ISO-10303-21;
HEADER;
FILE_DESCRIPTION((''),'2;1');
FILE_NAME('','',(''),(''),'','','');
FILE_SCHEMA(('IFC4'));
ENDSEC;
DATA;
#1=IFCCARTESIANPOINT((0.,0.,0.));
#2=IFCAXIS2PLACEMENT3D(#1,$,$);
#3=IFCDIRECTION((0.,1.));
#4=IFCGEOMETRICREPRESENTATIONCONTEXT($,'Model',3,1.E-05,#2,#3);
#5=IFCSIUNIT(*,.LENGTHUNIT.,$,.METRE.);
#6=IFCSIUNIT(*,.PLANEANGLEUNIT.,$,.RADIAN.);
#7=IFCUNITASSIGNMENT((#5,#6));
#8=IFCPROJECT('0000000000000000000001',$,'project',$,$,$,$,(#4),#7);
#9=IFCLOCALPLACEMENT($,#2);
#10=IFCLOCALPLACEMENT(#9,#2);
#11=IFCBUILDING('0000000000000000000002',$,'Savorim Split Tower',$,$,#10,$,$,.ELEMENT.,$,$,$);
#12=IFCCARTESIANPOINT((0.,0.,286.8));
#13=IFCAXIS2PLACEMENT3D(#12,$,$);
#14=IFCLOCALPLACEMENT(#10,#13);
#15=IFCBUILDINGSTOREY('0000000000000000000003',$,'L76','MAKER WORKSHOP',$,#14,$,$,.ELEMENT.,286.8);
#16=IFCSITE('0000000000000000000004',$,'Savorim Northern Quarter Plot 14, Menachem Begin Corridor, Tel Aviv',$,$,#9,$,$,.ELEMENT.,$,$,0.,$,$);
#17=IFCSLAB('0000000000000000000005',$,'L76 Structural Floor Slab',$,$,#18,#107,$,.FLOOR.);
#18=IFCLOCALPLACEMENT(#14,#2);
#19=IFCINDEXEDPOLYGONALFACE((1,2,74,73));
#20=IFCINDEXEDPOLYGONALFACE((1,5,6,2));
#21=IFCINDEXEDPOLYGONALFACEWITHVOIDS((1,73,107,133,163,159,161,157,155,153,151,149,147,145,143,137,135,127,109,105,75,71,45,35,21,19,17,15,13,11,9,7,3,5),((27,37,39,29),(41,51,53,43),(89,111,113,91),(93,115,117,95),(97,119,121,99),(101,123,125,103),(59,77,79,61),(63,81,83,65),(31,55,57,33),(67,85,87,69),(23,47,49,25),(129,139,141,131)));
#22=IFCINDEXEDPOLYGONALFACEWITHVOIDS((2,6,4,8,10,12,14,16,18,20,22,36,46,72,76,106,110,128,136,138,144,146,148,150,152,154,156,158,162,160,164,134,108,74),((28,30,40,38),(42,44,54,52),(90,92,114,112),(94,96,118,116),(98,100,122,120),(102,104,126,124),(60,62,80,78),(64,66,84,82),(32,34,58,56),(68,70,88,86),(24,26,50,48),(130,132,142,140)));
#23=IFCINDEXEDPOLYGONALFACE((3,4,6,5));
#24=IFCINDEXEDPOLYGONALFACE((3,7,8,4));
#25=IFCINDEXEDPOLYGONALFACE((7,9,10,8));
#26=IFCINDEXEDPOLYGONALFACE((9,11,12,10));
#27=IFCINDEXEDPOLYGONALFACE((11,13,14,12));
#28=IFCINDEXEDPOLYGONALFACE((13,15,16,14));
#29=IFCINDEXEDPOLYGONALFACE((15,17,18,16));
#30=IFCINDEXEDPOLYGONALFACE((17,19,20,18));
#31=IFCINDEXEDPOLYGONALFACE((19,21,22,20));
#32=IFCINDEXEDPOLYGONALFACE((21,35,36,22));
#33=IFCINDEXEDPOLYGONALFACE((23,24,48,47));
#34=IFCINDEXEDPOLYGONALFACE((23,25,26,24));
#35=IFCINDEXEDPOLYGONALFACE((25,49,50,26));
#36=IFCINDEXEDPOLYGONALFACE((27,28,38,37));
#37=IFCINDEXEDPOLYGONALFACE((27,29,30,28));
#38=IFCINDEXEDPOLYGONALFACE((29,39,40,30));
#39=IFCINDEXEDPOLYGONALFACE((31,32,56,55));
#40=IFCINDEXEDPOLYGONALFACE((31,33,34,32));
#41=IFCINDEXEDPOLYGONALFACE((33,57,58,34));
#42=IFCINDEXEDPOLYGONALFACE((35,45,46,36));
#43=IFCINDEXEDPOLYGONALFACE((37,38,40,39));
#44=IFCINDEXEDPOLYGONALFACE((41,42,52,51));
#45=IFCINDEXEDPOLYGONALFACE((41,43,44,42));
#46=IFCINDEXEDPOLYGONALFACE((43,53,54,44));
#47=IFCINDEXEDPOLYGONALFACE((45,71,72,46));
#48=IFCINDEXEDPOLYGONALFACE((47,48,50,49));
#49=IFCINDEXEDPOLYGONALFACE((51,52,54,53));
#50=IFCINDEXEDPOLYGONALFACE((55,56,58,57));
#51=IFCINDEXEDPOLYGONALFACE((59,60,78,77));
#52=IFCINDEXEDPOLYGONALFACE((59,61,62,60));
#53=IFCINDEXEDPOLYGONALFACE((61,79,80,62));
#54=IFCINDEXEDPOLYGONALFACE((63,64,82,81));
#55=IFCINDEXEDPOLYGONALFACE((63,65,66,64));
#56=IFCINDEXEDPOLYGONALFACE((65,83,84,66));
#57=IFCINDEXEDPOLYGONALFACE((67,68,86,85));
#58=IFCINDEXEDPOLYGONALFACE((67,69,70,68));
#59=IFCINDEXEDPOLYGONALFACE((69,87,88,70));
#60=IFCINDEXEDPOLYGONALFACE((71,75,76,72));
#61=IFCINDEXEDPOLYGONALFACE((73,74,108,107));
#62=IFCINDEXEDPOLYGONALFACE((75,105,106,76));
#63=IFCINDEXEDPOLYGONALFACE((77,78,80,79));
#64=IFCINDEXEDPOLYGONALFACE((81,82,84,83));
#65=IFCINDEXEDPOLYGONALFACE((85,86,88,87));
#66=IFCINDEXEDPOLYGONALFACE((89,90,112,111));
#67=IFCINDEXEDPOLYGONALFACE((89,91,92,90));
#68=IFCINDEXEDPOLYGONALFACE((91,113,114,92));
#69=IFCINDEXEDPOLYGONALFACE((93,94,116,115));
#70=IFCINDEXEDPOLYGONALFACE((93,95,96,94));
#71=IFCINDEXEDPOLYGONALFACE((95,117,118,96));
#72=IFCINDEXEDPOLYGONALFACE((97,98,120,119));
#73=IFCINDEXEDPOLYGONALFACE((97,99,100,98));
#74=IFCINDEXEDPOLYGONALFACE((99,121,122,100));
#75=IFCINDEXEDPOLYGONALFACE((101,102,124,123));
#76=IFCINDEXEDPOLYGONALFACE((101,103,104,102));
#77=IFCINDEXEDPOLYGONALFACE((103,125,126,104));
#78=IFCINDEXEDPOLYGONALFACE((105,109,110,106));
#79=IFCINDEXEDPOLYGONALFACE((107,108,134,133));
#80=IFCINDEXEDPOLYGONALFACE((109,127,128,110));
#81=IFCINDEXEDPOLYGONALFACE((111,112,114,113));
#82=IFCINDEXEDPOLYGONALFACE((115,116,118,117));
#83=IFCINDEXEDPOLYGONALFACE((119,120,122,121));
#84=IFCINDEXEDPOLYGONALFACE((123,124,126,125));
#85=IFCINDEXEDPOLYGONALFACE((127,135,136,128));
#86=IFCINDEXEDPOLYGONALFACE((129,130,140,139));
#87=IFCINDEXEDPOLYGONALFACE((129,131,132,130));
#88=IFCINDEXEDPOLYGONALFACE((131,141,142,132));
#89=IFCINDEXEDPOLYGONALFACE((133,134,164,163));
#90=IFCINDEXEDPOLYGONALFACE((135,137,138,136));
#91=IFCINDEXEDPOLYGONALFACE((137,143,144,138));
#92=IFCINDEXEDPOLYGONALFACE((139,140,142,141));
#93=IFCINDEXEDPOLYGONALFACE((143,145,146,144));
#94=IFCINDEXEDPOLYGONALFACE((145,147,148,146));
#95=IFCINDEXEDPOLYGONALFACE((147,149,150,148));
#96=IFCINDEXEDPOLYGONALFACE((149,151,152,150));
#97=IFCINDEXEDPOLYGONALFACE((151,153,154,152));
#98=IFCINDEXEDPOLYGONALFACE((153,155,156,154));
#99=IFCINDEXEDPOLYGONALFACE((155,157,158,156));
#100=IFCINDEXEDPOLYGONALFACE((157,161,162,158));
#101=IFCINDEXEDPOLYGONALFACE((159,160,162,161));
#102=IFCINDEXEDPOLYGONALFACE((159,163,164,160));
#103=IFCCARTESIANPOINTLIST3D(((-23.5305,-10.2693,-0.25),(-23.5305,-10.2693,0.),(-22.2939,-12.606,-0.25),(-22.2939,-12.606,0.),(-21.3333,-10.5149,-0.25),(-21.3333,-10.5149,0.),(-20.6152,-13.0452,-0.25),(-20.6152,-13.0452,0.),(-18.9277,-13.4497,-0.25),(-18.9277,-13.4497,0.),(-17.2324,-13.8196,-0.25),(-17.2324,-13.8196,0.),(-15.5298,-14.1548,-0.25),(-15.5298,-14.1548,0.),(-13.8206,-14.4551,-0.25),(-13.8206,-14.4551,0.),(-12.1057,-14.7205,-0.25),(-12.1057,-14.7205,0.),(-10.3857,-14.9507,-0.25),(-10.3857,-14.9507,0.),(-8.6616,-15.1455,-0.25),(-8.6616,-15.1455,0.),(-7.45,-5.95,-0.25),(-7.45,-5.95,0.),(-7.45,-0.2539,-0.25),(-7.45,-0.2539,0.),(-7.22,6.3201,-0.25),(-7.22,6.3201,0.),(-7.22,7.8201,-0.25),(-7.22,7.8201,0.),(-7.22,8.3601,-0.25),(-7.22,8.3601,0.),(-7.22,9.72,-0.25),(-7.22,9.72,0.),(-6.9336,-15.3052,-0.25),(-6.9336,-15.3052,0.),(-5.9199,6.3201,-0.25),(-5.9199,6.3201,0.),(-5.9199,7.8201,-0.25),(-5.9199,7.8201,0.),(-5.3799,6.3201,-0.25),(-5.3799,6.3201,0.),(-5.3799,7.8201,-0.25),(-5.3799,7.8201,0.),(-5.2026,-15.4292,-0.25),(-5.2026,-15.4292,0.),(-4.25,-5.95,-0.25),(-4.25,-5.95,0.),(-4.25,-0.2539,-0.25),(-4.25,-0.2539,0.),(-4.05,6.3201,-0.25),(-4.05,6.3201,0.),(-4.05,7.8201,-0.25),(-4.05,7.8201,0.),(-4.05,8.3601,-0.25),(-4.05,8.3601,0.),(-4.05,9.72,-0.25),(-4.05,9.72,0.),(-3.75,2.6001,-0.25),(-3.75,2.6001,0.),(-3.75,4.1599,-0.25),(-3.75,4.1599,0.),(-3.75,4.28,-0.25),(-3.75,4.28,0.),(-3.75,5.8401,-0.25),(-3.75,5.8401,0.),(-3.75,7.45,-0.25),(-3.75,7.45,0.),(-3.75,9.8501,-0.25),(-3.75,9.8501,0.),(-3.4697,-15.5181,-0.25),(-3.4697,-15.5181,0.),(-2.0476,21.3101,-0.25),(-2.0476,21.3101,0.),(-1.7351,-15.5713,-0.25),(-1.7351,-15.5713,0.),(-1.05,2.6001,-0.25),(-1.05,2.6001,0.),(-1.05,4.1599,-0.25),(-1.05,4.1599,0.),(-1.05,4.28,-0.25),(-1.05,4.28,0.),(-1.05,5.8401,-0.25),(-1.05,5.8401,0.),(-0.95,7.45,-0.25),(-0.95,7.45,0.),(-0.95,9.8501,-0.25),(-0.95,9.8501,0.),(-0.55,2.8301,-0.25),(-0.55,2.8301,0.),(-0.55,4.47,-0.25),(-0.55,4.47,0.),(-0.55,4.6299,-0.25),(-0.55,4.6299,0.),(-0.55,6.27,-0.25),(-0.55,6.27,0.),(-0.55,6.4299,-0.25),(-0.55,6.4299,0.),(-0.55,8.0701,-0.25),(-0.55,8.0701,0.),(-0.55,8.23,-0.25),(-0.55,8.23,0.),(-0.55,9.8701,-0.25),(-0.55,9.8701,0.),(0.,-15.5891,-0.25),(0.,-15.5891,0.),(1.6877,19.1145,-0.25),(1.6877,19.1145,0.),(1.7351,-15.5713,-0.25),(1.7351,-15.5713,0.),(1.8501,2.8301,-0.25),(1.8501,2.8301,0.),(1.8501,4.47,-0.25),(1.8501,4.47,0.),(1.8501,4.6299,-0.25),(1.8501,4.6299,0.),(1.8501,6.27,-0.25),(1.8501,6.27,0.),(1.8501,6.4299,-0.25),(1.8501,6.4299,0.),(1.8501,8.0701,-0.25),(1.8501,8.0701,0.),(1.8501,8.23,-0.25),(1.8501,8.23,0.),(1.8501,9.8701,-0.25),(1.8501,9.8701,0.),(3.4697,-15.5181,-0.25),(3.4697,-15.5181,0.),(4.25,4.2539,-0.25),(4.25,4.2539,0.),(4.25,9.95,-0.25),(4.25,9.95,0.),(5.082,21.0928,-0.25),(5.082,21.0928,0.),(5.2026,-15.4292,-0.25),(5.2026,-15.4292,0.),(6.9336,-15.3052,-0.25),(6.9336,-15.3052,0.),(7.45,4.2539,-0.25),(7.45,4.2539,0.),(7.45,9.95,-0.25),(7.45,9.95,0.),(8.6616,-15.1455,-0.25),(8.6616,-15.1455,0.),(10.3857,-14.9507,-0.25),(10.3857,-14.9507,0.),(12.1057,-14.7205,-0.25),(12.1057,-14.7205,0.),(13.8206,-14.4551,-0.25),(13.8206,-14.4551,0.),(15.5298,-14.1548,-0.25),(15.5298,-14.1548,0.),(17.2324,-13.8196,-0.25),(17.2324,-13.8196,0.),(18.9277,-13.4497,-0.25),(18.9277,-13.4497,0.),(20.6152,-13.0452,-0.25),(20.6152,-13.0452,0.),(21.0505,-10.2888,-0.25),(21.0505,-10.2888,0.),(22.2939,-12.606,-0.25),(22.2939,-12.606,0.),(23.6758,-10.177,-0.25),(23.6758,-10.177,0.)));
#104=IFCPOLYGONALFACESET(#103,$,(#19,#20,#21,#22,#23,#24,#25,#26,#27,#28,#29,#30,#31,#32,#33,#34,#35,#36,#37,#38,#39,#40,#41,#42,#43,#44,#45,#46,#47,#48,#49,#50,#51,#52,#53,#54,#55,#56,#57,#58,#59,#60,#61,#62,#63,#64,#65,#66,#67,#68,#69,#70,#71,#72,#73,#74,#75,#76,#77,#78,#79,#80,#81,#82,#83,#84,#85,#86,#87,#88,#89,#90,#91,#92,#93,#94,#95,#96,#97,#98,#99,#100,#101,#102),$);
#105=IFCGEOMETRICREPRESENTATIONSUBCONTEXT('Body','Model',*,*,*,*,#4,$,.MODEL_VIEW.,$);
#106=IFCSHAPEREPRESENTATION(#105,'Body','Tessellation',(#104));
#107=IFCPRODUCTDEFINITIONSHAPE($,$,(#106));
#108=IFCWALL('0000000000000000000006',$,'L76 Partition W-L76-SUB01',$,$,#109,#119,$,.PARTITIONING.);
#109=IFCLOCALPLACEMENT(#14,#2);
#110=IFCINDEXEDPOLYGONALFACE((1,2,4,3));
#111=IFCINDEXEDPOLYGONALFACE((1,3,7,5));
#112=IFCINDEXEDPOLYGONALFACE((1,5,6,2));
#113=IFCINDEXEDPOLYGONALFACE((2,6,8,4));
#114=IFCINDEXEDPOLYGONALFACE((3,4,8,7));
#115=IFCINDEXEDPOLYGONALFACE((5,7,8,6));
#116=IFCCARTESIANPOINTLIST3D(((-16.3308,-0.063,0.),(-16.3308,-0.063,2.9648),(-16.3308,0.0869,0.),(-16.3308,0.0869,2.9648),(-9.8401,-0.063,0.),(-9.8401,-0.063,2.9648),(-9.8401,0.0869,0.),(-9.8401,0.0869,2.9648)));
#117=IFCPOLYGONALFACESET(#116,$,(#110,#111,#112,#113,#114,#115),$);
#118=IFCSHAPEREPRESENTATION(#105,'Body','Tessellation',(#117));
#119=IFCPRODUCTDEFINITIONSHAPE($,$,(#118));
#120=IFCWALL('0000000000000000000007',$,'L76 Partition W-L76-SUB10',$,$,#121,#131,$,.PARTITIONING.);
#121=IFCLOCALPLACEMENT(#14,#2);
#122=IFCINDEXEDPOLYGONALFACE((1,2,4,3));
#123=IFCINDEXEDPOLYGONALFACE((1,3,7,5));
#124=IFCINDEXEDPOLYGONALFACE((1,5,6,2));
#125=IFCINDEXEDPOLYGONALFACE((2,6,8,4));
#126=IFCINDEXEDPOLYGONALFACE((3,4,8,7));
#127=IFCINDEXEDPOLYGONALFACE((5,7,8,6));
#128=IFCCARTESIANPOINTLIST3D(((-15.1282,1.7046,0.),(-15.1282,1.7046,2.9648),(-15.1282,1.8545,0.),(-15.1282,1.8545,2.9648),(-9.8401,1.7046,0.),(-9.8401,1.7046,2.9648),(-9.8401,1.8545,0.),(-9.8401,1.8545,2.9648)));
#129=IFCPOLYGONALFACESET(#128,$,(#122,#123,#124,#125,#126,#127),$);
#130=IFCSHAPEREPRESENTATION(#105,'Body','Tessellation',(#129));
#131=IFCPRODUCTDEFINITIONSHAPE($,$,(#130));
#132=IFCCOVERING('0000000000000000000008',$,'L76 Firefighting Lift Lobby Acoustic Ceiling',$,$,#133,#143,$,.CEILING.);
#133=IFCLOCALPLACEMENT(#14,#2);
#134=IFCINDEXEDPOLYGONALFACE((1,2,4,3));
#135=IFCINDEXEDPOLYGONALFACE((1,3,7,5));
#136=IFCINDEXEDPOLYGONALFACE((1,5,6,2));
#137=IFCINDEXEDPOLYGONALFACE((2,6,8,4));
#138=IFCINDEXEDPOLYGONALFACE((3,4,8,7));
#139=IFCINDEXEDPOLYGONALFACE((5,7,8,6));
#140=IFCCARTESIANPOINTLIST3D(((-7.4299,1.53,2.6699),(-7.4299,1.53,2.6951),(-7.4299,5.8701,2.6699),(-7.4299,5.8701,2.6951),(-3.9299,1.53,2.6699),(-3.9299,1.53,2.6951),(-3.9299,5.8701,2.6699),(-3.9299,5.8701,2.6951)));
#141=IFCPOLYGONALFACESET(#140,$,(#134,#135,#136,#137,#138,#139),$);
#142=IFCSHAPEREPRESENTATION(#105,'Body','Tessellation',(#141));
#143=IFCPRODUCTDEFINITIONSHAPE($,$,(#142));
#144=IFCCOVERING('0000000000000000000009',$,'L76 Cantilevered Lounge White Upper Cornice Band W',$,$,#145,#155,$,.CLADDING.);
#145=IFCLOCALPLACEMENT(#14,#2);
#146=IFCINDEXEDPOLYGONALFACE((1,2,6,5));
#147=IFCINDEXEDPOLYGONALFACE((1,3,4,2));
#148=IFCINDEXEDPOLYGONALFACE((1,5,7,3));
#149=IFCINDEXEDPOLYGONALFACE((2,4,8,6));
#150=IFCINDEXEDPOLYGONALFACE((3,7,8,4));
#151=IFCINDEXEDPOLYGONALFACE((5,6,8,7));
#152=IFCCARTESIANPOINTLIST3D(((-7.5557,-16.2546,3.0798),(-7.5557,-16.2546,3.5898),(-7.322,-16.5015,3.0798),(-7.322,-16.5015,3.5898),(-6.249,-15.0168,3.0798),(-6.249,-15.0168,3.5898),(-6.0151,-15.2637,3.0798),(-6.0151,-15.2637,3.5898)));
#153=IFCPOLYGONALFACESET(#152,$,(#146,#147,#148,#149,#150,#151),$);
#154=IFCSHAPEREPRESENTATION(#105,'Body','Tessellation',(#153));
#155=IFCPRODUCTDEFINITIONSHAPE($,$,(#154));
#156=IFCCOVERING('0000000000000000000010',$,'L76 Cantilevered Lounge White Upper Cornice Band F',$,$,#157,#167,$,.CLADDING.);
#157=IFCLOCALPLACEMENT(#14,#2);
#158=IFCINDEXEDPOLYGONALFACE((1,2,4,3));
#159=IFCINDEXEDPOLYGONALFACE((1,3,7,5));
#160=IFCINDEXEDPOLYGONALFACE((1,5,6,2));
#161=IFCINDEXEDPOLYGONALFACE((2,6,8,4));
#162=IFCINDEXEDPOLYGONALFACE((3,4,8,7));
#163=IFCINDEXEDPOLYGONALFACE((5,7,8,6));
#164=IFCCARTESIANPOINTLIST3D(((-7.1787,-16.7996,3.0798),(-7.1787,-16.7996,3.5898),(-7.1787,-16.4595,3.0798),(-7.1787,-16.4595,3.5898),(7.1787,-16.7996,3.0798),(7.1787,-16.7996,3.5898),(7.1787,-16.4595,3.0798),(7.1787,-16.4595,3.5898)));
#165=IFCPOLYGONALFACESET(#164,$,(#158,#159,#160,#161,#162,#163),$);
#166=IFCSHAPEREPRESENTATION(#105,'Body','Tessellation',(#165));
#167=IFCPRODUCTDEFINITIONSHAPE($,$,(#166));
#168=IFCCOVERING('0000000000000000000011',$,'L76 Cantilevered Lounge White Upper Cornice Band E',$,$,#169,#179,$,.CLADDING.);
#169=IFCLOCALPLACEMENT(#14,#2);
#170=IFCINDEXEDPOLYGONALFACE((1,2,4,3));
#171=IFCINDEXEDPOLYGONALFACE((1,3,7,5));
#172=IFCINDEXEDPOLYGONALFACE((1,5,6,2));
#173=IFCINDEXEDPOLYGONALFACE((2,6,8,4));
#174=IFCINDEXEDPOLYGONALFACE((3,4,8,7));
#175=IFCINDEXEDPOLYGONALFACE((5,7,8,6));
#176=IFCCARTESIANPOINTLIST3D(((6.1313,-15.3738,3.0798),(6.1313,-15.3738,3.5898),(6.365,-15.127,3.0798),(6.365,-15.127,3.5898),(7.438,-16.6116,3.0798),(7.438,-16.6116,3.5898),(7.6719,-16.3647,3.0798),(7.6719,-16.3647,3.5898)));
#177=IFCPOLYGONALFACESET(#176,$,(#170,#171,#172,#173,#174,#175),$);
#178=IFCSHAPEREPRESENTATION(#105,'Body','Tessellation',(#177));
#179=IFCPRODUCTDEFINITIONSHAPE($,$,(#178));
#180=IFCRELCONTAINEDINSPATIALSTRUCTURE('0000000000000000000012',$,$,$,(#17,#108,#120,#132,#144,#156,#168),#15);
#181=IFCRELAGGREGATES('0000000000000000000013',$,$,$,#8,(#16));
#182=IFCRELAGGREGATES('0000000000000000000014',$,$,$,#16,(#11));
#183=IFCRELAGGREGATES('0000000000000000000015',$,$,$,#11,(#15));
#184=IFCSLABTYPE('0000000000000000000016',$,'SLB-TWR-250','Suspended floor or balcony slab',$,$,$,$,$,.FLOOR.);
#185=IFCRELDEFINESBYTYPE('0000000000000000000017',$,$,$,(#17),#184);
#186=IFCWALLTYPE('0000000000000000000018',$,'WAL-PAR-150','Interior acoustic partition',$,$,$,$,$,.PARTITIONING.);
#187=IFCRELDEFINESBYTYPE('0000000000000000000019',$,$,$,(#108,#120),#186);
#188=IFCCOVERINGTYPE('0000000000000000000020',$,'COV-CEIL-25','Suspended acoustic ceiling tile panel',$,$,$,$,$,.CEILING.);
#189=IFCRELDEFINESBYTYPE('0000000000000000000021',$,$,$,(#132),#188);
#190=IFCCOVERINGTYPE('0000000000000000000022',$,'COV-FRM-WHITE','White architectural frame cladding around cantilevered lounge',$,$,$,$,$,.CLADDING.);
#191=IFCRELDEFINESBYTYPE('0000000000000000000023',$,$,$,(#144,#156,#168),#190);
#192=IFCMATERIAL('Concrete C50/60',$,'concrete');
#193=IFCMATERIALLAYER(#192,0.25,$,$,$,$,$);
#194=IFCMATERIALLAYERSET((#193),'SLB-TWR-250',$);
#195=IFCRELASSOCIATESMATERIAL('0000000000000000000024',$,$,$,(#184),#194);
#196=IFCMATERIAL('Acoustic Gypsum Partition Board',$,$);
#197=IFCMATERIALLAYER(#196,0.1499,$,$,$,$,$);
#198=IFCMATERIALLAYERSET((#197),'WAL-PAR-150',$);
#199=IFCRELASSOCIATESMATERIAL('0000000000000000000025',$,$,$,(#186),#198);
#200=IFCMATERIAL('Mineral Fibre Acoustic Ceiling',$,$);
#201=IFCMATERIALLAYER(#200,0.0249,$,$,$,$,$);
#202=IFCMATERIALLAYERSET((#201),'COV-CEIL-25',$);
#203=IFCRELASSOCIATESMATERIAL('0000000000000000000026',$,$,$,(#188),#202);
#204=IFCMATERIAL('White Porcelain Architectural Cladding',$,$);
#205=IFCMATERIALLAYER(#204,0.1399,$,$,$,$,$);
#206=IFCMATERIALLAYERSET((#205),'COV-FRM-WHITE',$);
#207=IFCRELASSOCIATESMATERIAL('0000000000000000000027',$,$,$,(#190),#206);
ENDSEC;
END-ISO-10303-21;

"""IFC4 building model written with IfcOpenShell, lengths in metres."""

from ifc_helpers import new_model, si_unit, direction, frame, frame_2d, origin, place, context, subcontext, project, spatial, polyline, rectangle, outline, extrude, material, layer, layer_set, type_object, element, save


model = new_model("IFC4")

# Units and contexts
model_context = context("Model", 3, precision=1e-05, world=origin(), true_north=direction((0.0, 1.0)))
body_context = subcontext(model_context, "Body", "Model", "MODEL_VIEW")
ifc_project = project(units=[si_unit("LENGTHUNIT", "METRE"), si_unit("PLANEANGLEUNIT", "RADIAN")], contexts=[model_context])

# Site, building, storey
site_placement = place(None, origin())
site = spatial("IfcSite", under=ifc_project, at=site_placement, Name="Savorim Northern Quarter Plot 14, Menachem Begin Corridor, Tel Aviv", CompositionType="ELEMENT", RefElevation=0.0)
building_placement = place(site_placement, origin())
building = spatial("IfcBuilding", under=site, at=building_placement, Name="Savorim Split Tower", CompositionType="ELEMENT")
storey_placement = place(building_placement, frame((0.0, 0.0, 286.8)))
storey = spatial("IfcBuildingStorey", under=building, at=storey_placement, Name="L76", Description="MAKER WORKSHOP", CompositionType="ELEMENT", Elevation=286.8)

# Shared definitions
ifc_material_1 = material(Name="Concrete C50/60", Category="concrete")

# Slab
ifc_layer_1 = layer(ifc_material_1, 0.25)
ifc_layer_set_1 = layer_set([ifc_layer_1], Name="SLB-TWR-250")
slab_type_1 = type_object("IfcSlabType", Name="SLB-TWR-250", Description="Suspended floor or balcony slab", PredefinedType="FLOOR", material=ifc_layer_set_1)
slab_1_placement = place(storey_placement, frame((0.0, 0.0, -0.25)))
element("IfcSlab", 1, at=slab_1_placement, inside=storey, type_object=slab_type_1, Name="L76 Structural Floor Slab", PredefinedType="FLOOR", context=body_context, shape_type="SweptSolid", body=[
    extrude(outline(polyline([(-22.2939, -12.606), (-20.6152, -13.0452), (-18.9277, -13.4497), (-17.2324, -13.8196), (-15.5298, -14.1548), (-13.8206, -14.4551), (-12.1057, -14.7205), (-10.3857, -14.9507), (-8.6616, -15.1455), (-6.9336, -15.3052), (-5.2026, -15.4292), (-3.4697, -15.5181), (-1.7351, -15.5713), (0.0, -15.5891), (1.7351, -15.5713), (3.4697, -15.5181), (5.2026, -15.4292), (6.9336, -15.3052), (8.6616, -15.1455), (10.3857, -14.9507), (12.1057, -14.7205), (13.8206, -14.4551), (15.5298, -14.1548), (17.2324, -13.8196), (18.9277, -13.4497), (20.6152, -13.0452), (22.2939, -12.606), (21.0505, -10.2888), (23.6758, -10.177), (5.082, 21.0928), (1.6877, 19.1145), (-2.0476, 21.3101), (-23.5305, -10.2693), (-21.3333, -10.5149), (-22.2939, -12.606)]), holes=[polyline([(-7.45, -0.2539), (-7.45, -5.95), (-4.25, -5.95), (-4.25, -0.2539), (-7.45, -0.2539)]), polyline([(7.45, 4.2539), (7.45, 9.95), (4.25, 9.95), (4.25, 4.2539), (7.45, 4.2539)]), polyline([(-0.55, 2.8301), (1.8501, 2.8301), (1.8501, 4.47), (-0.55, 4.47), (-0.55, 2.8301)]), polyline([(-0.55, 4.6299), (1.8501, 4.6299), (1.8501, 6.27), (-0.55, 6.27), (-0.55, 4.6299)]), polyline([(-0.55, 6.4299), (1.8501, 6.4299), (1.8501, 8.0701), (-0.55, 8.0701), (-0.55, 6.4299)]), polyline([(-0.55, 8.23), (1.8501, 8.23), (1.8501, 9.8701), (-0.55, 9.8701), (-0.55, 8.23)]), polyline([(-3.75, 2.6001), (-1.05, 2.6001), (-1.05, 4.1599), (-3.75, 4.1599), (-3.75, 2.6001)]), polyline([(-3.75, 4.28), (-1.05, 4.28), (-1.05, 5.8401), (-3.75, 5.8401), (-3.75, 4.28)]), polyline([(-3.75, 7.45), (-0.95, 7.45), (-0.95, 9.8501), (-3.75, 9.8501), (-3.75, 7.45)]), polyline([(-7.22, 6.3201), (-5.9199, 6.3201), (-5.9199, 7.8201), (-7.22, 7.8201), (-7.22, 6.3201)]), polyline([(-5.3799, 6.3201), (-4.05, 6.3201), (-4.05, 7.8201), (-5.3799, 7.8201), (-5.3799, 6.3201)]), polyline([(-7.22, 8.3601), (-4.05, 8.3601), (-4.05, 9.72), (-7.22, 9.72), (-7.22, 8.3601)])]), origin(), (0.0, 0.0, 1.0), 0.25),
])

# Walls
ifc_material_2 = material(Name="Acoustic Gypsum Partition Board")
ifc_layer_2 = layer(ifc_material_2, 0.1499)
ifc_layer_set_2 = layer_set([ifc_layer_2], Name="WAL-PAR-150")
wall_type_1 = type_object("IfcWallType", Name="WAL-PAR-150", Description="Interior acoustic partition", PredefinedType="PARTITIONING", material=ifc_layer_set_2)
wall_1_placement = place(storey_placement, frame((-9.8401, 0.012, 0.0), z_axis=(0.0, 0.0, 1.0), x_axis=(-1.0, 0.0, 0.0)))
element("IfcWall", 2, at=wall_1_placement, inside=storey, type_object=wall_type_1, Name="L76 Partition W-L76-SUB01", PredefinedType="PARTITIONING", context=body_context, shape_type="SweptSolid", body=[
    extrude(rectangle(XDim=6.4907, YDim=0.1499, at=frame_2d((3.2454, 0.0))), origin(), (0.0, 0.0, 1.0), 2.9648),
])
wall_2_placement = place(storey_placement, frame((-9.8401, 1.7795, 0.0), z_axis=(0.0, 0.0, 1.0), x_axis=(-1.0, 0.0, 0.0)))
element("IfcWall", 3, at=wall_2_placement, inside=storey, type_object=wall_type_1, Name="L76 Partition W-L76-SUB10", PredefinedType="PARTITIONING", context=body_context, shape_type="SweptSolid", body=[
    extrude(rectangle(XDim=5.2881, YDim=0.1499, at=frame_2d((2.644, 0.0))), origin(), (0.0, 0.0, 1.0), 2.9648),
])

# Coverings
ifc_material_3 = material(Name="Mineral Fibre Acoustic Ceiling")
ifc_layer_3 = layer(ifc_material_3, 0.0249)
ifc_layer_set_3 = layer_set([ifc_layer_3], Name="COV-CEIL-25")
covering_type_1 = type_object("IfcCoveringType", Name="COV-CEIL-25", Description="Suspended acoustic ceiling tile panel", PredefinedType="CEILING", material=ifc_layer_set_3)
covering_1_placement = place(storey_placement, frame((0.0, 0.0, 2.6699)))
element("IfcCovering", 4, at=covering_1_placement, inside=storey, type_object=covering_type_1, Name="L76 Firefighting Lift Lobby Acoustic Ceiling", PredefinedType="CEILING", context=body_context, shape_type="SweptSolid", body=[
    extrude(outline(polyline([(-7.4299, 5.8701), (-7.4299, 1.53), (-3.9299, 1.53), (-3.9299, 5.8701), (-7.4299, 5.8701)])), origin(), (0.0, 0.0, 1.0), 0.0251),
])
ifc_material_4 = material(Name="White Porcelain Architectural Cladding")
ifc_layer_4 = layer(ifc_material_4, 0.1399)
ifc_layer_set_4 = layer_set([ifc_layer_4], Name="COV-FRM-WHITE")
covering_type_2 = type_object("IfcCoveringType", Name="COV-FRM-WHITE", Description="White architectural frame cladding around cantilevered lounge", PredefinedType="CLADDING", material=ifc_layer_set_4)
covering_2_placement = place(storey_placement, frame((0.0, 0.0, 3.0798)))
element("IfcCovering", 5, at=covering_2_placement, inside=storey, type_object=covering_type_2, Name="L76 Cantilevered Lounge White Upper Cornice Band W", PredefinedType="CLADDING", context=body_context, shape_type="SweptSolid", body=[
    extrude(outline(polyline([(-6.249, -15.0168), (-7.5557, -16.2546), (-7.322, -16.5015), (-6.0151, -15.2637), (-6.249, -15.0168)])), origin(), (0.0, 0.0, 1.0), 0.51),
])
covering_3_placement = place(storey_placement, frame((0.0, 0.0, 3.0798)))
element("IfcCovering", 6, at=covering_3_placement, inside=storey, type_object=covering_type_2, Name="L76 Cantilevered Lounge White Upper Cornice Band F", PredefinedType="CLADDING", context=body_context, shape_type="SweptSolid", body=[
    extrude(outline(polyline([(-7.1787, -16.7996), (7.1787, -16.7996), (7.1787, -16.4595), (-7.1787, -16.4595), (-7.1787, -16.7996)])), origin(), (0.0, 0.0, 1.0), 0.51),
])
covering_4_placement = place(storey_placement, frame((0.0, 0.0, 3.0798)))
element("IfcCovering", 7, at=covering_4_placement, inside=storey, type_object=covering_type_2, Name="L76 Cantilevered Lounge White Upper Cornice Band E", PredefinedType="CLADDING", context=body_context, shape_type="SweptSolid", body=[
    extrude(outline(polyline([(7.6719, -16.3647), (6.365, -15.127), (6.1313, -15.3738), (7.438, -16.6116), (7.6719, -16.3647)])), origin(), (0.0, 0.0, 1.0), 0.51),
])

save(model, "model.ifc")
